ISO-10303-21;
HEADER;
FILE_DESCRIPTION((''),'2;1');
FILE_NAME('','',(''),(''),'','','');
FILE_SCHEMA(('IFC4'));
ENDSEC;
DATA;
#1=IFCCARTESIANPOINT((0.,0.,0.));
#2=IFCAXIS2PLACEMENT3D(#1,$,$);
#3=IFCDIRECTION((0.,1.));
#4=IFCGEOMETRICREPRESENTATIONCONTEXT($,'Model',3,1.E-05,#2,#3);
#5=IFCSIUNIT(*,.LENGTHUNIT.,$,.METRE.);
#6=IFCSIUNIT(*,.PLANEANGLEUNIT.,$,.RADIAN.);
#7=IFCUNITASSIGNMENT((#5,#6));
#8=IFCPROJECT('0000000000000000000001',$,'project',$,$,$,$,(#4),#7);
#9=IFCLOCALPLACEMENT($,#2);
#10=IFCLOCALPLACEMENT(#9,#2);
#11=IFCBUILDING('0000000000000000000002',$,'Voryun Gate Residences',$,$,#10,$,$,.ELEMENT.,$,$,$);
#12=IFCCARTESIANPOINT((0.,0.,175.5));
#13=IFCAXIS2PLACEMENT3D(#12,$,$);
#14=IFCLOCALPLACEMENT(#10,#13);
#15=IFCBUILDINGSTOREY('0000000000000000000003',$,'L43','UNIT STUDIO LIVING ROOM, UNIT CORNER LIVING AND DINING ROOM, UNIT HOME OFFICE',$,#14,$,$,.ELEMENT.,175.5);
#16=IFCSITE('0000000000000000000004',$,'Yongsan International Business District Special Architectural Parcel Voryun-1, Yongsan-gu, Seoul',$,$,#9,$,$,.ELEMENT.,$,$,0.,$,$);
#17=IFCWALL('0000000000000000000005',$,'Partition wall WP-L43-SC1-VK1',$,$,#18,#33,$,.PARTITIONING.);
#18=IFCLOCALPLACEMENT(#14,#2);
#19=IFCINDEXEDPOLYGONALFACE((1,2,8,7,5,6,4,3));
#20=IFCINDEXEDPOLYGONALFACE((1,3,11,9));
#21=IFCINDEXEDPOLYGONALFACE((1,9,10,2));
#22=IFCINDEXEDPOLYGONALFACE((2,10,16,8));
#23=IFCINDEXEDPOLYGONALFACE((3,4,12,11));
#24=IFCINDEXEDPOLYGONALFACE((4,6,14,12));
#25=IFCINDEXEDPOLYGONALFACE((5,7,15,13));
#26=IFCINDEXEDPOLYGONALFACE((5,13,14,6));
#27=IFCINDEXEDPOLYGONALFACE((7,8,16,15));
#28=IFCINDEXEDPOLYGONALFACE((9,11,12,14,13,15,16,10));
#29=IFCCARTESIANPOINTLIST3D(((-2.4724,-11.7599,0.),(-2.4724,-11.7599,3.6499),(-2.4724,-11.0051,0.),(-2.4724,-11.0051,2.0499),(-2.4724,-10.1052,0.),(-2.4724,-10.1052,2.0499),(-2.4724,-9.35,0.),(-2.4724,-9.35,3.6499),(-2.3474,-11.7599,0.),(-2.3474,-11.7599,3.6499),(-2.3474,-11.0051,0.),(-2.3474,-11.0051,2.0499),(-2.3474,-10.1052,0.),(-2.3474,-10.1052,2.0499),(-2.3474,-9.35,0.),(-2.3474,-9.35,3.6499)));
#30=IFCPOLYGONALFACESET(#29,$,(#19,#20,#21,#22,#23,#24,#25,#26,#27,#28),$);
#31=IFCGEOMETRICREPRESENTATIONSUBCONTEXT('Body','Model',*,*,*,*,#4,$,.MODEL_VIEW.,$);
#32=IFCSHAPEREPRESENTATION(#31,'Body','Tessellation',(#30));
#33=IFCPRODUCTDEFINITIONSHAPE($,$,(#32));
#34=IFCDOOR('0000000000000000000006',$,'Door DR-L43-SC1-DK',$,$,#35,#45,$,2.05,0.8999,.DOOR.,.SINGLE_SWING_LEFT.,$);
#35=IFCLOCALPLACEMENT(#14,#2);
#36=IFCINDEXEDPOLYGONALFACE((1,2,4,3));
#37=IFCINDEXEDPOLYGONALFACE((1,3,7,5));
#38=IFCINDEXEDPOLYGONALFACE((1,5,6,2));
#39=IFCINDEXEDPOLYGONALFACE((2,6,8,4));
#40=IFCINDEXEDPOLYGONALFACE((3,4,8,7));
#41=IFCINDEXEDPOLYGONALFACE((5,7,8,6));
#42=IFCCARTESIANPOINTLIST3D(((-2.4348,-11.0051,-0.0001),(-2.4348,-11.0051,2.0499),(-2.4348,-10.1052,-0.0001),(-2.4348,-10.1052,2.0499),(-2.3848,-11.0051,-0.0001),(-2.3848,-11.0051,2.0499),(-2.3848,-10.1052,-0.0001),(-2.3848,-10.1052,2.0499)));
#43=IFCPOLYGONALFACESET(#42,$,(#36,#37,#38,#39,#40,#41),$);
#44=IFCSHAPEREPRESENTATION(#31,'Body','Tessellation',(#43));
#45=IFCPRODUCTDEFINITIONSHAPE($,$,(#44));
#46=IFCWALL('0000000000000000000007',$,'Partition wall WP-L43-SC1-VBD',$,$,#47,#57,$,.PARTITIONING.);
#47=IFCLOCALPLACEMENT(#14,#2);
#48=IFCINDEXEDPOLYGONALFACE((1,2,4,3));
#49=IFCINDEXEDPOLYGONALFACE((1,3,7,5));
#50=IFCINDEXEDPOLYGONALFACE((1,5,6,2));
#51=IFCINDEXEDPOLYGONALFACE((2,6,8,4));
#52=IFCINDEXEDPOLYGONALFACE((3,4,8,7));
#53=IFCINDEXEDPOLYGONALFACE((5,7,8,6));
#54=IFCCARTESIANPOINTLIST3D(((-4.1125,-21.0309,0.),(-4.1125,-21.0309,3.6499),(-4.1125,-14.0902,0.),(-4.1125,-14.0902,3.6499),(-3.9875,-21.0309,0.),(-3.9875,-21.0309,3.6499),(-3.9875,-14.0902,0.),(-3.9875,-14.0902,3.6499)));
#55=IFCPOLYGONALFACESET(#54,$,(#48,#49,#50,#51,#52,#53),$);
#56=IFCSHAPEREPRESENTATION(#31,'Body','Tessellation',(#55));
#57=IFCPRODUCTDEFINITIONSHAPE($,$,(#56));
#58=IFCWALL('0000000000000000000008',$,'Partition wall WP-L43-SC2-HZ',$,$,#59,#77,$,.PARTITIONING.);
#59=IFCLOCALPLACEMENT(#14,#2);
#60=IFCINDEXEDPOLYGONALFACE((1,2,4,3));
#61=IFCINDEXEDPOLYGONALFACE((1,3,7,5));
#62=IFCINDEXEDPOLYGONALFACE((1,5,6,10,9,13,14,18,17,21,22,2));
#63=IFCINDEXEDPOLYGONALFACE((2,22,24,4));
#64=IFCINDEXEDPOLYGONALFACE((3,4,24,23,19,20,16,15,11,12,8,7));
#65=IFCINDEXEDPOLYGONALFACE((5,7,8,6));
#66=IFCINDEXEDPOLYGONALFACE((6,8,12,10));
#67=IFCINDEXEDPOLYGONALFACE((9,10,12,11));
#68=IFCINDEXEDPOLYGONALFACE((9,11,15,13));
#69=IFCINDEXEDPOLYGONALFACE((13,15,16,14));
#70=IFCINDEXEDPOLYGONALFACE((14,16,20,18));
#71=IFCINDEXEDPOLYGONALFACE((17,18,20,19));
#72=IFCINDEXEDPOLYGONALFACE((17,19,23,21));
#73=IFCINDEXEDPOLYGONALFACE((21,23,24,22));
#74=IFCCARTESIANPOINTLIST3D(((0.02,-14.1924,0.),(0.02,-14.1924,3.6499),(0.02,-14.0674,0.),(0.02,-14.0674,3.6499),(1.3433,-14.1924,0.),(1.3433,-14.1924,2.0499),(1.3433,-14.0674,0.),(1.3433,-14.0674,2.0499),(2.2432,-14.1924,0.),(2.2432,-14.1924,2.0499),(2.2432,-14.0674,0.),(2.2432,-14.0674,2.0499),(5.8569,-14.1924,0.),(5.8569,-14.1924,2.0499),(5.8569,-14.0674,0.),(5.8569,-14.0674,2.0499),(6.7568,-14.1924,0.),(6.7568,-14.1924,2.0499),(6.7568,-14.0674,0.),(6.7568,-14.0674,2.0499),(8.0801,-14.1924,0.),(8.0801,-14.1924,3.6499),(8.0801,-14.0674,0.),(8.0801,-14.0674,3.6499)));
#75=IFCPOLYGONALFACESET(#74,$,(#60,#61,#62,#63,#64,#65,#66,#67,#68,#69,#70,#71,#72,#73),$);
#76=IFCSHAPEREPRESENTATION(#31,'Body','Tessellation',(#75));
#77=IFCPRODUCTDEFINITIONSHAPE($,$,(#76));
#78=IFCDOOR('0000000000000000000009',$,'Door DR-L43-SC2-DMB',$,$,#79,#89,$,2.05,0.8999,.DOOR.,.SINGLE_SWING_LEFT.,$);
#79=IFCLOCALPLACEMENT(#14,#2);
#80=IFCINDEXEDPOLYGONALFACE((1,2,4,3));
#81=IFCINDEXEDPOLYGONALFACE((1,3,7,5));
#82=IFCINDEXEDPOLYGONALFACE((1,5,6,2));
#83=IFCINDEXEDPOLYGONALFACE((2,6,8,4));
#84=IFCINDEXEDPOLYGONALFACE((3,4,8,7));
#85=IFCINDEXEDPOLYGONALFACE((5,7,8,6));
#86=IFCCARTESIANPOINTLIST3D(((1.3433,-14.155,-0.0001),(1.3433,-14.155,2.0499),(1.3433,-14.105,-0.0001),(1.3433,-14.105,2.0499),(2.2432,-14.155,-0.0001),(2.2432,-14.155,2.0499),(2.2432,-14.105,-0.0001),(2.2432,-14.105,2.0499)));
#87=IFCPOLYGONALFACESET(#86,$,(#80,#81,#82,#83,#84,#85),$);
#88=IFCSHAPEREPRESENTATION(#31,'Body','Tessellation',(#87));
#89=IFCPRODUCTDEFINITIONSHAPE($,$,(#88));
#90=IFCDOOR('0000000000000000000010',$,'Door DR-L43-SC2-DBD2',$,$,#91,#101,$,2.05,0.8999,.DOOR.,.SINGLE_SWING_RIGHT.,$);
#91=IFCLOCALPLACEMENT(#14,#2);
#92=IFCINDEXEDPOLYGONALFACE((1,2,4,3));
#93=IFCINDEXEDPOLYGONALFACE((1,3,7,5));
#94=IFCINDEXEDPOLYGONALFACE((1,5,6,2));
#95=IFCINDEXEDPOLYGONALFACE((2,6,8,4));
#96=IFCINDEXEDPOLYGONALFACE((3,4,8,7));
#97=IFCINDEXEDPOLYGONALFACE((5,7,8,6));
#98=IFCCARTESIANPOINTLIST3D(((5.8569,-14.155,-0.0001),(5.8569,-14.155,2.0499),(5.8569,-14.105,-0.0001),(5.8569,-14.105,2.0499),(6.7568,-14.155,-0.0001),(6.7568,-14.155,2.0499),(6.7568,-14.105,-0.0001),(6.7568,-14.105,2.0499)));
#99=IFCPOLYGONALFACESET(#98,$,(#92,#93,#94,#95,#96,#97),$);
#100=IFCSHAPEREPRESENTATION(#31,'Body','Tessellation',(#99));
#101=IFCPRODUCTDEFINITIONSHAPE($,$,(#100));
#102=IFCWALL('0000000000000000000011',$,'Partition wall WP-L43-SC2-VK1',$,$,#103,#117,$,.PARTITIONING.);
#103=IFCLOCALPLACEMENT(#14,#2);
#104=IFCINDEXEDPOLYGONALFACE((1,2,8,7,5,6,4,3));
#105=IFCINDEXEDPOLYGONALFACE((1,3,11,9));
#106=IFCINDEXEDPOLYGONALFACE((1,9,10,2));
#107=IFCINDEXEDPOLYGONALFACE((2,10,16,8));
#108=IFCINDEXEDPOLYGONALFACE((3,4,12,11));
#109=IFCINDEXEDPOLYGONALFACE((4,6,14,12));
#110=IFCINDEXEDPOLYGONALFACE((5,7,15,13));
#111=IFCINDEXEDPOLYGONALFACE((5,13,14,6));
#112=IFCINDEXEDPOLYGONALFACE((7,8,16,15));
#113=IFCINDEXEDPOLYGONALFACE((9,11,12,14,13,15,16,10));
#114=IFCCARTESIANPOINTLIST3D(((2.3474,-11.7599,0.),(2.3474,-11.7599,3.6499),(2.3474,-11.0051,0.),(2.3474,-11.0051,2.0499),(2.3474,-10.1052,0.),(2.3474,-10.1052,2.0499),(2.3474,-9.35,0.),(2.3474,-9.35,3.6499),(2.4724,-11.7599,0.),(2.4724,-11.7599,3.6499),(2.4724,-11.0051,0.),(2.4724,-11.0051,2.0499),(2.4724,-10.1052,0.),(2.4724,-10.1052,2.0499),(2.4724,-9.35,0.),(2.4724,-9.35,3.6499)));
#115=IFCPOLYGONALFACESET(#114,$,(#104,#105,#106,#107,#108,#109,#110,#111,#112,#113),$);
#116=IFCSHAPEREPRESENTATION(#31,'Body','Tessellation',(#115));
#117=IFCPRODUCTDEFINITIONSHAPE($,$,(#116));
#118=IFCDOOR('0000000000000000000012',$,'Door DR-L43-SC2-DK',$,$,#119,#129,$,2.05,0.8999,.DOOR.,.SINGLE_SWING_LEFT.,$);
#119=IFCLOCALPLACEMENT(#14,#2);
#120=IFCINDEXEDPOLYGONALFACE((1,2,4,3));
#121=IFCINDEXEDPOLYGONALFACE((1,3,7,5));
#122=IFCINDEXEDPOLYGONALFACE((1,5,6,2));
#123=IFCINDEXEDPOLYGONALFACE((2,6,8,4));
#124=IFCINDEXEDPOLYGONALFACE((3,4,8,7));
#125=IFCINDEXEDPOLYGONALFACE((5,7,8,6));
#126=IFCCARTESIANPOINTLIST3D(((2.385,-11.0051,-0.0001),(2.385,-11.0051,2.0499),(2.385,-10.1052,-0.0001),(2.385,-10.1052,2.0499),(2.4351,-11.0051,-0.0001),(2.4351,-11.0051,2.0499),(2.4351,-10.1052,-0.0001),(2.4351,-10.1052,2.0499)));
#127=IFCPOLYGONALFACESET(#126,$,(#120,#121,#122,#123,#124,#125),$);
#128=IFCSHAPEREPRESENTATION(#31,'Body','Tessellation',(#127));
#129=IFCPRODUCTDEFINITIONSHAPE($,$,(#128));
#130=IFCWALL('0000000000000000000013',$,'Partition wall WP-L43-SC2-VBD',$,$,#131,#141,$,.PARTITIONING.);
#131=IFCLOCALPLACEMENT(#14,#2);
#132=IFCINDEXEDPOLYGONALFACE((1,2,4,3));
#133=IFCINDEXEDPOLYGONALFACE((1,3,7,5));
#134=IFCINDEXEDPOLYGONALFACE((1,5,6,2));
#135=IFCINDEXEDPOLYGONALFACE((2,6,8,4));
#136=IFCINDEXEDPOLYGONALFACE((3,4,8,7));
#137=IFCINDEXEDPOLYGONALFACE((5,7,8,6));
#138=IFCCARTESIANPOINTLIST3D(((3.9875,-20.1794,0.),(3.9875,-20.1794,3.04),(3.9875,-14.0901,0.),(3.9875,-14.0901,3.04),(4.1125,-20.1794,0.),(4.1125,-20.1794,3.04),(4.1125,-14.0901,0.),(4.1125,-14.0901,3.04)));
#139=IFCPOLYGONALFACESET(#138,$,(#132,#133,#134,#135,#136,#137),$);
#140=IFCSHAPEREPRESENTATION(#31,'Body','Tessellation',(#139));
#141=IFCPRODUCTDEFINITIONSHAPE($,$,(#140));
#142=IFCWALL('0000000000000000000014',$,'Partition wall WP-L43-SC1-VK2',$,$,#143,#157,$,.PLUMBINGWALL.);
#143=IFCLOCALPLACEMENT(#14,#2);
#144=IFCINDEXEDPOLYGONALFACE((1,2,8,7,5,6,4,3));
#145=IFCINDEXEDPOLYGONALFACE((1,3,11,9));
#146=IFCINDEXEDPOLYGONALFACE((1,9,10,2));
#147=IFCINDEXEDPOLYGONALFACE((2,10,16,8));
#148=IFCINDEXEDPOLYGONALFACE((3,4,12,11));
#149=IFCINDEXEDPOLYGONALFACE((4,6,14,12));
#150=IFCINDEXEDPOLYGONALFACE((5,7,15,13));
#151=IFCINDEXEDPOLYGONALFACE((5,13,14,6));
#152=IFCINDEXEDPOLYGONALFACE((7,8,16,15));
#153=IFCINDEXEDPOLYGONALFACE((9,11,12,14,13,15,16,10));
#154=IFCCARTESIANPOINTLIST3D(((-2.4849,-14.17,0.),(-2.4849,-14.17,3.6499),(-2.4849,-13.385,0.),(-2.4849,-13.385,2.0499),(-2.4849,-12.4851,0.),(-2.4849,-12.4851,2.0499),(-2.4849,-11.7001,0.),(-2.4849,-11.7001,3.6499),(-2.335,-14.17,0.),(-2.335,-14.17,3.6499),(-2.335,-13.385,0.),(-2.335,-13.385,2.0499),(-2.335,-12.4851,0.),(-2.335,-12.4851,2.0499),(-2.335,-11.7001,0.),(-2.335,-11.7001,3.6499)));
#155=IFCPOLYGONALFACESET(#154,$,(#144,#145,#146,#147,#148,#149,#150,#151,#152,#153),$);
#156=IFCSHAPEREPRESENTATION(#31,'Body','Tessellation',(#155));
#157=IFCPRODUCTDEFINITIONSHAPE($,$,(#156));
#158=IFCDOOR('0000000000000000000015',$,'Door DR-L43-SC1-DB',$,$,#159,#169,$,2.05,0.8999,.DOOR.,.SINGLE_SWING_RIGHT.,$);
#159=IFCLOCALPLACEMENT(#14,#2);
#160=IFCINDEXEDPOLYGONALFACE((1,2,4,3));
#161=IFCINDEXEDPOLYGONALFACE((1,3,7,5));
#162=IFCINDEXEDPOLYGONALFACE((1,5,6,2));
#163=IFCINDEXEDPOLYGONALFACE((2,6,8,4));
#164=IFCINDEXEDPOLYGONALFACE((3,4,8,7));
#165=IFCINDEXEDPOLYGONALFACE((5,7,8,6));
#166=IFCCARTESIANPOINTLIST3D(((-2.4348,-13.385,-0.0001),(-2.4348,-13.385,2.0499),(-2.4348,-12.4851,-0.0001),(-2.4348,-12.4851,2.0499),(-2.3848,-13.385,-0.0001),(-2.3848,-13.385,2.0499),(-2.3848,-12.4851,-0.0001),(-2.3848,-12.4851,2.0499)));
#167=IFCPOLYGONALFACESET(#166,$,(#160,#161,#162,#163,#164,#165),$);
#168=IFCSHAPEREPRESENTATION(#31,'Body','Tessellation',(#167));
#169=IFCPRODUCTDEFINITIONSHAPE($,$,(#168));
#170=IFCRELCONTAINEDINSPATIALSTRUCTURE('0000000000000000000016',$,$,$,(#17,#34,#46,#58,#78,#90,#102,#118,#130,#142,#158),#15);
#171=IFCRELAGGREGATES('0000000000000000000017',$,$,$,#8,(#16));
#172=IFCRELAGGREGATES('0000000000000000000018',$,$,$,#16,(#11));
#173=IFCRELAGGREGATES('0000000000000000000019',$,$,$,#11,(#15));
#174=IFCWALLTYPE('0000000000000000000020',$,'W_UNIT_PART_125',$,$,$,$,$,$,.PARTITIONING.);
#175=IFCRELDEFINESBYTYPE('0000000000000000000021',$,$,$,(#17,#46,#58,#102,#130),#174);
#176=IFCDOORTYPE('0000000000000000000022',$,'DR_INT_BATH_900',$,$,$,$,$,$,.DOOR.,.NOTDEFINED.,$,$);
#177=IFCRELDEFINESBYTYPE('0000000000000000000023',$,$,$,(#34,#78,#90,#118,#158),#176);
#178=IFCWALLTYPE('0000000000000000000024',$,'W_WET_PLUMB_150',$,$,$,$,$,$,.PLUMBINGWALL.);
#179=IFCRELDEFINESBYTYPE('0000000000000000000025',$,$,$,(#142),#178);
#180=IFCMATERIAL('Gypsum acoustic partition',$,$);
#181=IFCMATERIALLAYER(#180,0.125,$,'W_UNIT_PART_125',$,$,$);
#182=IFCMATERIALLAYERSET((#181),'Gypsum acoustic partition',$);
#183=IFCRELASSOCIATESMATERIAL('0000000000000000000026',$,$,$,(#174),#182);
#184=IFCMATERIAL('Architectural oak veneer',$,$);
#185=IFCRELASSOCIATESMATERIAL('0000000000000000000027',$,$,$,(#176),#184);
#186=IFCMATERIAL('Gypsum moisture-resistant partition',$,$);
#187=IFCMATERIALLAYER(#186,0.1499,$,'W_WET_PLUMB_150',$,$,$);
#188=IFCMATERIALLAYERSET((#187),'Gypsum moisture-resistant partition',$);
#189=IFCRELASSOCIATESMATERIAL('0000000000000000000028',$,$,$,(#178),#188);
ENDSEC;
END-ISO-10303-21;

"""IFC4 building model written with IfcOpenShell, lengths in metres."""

from ifc_helpers import new_model, si_unit, direction, frame, frame_2d, origin, place, context, subcontext, project, spatial, rectangle, extrude, material, layer, layer_set, type_object, element, fill, save


model = new_model("IFC4")

# Units and contexts
model_context = context("Model", 3, precision=1e-05, world=origin(), true_north=direction((0.0, 1.0)))
body_context = subcontext(model_context, "Body", "Model", "MODEL_VIEW")
ifc_project = project(units=[si_unit("LENGTHUNIT", "METRE"), si_unit("PLANEANGLEUNIT", "RADIAN")], contexts=[model_context])

# Site, building, storey
site_placement = place(None, origin())
site = spatial("IfcSite", under=ifc_project, at=site_placement, Name="Yongsan International Business District Special Architectural Parcel Voryun-1, Yongsan-gu, Seoul", CompositionType="ELEMENT", RefElevation=0.0)
building_placement = place(site_placement, origin())
building = spatial("IfcBuilding", under=site, at=building_placement, Name="Voryun Gate Residences", CompositionType="ELEMENT")
storey_placement = place(building_placement, frame((0.0, 0.0, 175.5)))
storey = spatial("IfcBuildingStorey", under=building, at=storey_placement, Name="L43", Description="UNIT STUDIO LIVING ROOM, UNIT CORNER LIVING AND DINING ROOM, UNIT HOME OFFICE", CompositionType="ELEMENT", Elevation=175.5)

# Wall, opening, door
ifc_material_1 = material(Name="Gypsum acoustic partition")
ifc_layer_1 = layer(ifc_material_1, 0.125, Name="W_UNIT_PART_125")
ifc_layer_set_1 = layer_set([ifc_layer_1], Name="Gypsum acoustic partition")
wall_type_1 = type_object("IfcWallType", Name="W_UNIT_PART_125", PredefinedType="PARTITIONING", material=ifc_layer_set_1)
wall_1_placement = place(storey_placement, frame((-2.4099, -11.76, 0.0), z_axis=(0.0, 0.0, 1.0), x_axis=(0.0, 1.0, 0.0)))
wall_1 = element("IfcWall", 1, at=wall_1_placement, inside=storey, type_object=wall_type_1, Name="Partition wall WP-L43-SC1-VK1", PredefinedType="PARTITIONING", context=body_context, shape_type="SweptSolid", body=[
    extrude(rectangle(XDim=2.4099, YDim=0.125, at=frame_2d((1.2051, 0.0))), origin(), (0.0, 0.0, 1.0), 3.6499),
])
opening_1_placement = place(wall_1_placement, frame((0.7549, 0.0, 0.0)))
opening_1 = element("IfcOpeningElement", 2, at=opening_1_placement, cuts=wall_1, PredefinedType="OPENING", context=body_context, shape_type="SweptSolid", body=[
    extrude(rectangle(XDim=0.8999, YDim=2.05, at=frame_2d((0.45, 1.0249))), frame((0.0, 0.0725, 0.0), z_axis=(0.0, -1.0, 0.0), x_axis=(1.0, 0.0, 0.0)), (0.0, 0.0, 1.0), 0.145),
])
ifc_material_2 = material(Name="Architectural oak veneer")
door_type_1 = type_object("IfcDoorType", Name="DR_INT_BATH_900", OperationType="NOTDEFINED", PredefinedType="DOOR", material=ifc_material_2)
door_1_placement = place(opening_1_placement, origin())
door_1 = element("IfcDoor", 3, at=door_1_placement, inside=storey, type_object=door_type_1, Name="Door DR-L43-SC1-DK", OperationType="SINGLE_SWING_LEFT", OverallHeight=2.05, OverallWidth=0.8999, PredefinedType="DOOR", context=body_context, shape_type="SweptSolid", body=[
    extrude(rectangle(XDim=0.8999, YDim=2.05, at=frame_2d((0.45, 1.0249))), frame((0.0, 0.0249, 0.0), z_axis=(0.0, -1.0, 0.0), x_axis=(1.0, 0.0, 0.0)), (0.0, 0.0, 1.0), 0.05),
])
fill(opening_1, door_1)

# Wall
wall_2_placement = place(storey_placement, frame((-4.05, -21.0308, 0.0), z_axis=(0.0, 0.0, 1.0), x_axis=(0.0, 1.0, 0.0)))
element("IfcWall", 4, at=wall_2_placement, inside=storey, type_object=wall_type_1, Name="Partition wall WP-L43-SC1-VBD", PredefinedType="PARTITIONING", context=body_context, shape_type="SweptSolid", body=[
    extrude(rectangle(XDim=6.9407, YDim=0.125, at=frame_2d((3.4702, 0.0))), origin(), (0.0, 0.0, 1.0), 3.6499),
])

# Wall, openings, doors
wall_3_placement = place(storey_placement, frame((0.02, -14.1299, 0.0), z_axis=(0.0, 0.0, 1.0), x_axis=(1.0, 0.0, 0.0)))
wall_3 = element("IfcWall", 5, at=wall_3_placement, inside=storey, type_object=wall_type_1, Name="Partition wall WP-L43-SC2-HZ", PredefinedType="PARTITIONING", context=body_context, shape_type="SweptSolid", body=[
    extrude(rectangle(XDim=8.0601, YDim=0.125, at=frame_2d((4.03, 0.0))), origin(), (0.0, 0.0, 1.0), 3.6499),
])
opening_2_placement = place(wall_3_placement, frame((1.3232, 0.0, 0.0)))
opening_2 = element("IfcOpeningElement", 6, at=opening_2_placement, cuts=wall_3, PredefinedType="OPENING", context=body_context, shape_type="SweptSolid", body=[
    extrude(rectangle(XDim=0.8999, YDim=2.05, at=frame_2d((0.45, 1.0249))), frame((0.0, 0.0725, 0.0), z_axis=(0.0, -1.0, 0.0), x_axis=(1.0, 0.0, 0.0)), (0.0, 0.0, 1.0), 0.145),
])
opening_3_placement = place(wall_3_placement, frame((5.8369, 0.0, 0.0)))
opening_3 = element("IfcOpeningElement", 7, at=opening_3_placement, cuts=wall_3, PredefinedType="OPENING", context=body_context, shape_type="SweptSolid", body=[
    extrude(rectangle(XDim=0.8999, YDim=2.05, at=frame_2d((0.45, 1.0249))), frame((0.0, 0.0725, 0.0), z_axis=(0.0, -1.0, 0.0), x_axis=(1.0, 0.0, 0.0)), (0.0, 0.0, 1.0), 0.145),
])
door_2_placement = place(opening_2_placement, origin())
door_2 = element("IfcDoor", 8, at=door_2_placement, inside=storey, type_object=door_type_1, Name="Door DR-L43-SC2-DMB", OperationType="SINGLE_SWING_LEFT", OverallHeight=2.05, OverallWidth=0.8999, PredefinedType="DOOR", context=body_context, shape_type="SweptSolid", body=[
    extrude(rectangle(XDim=0.8999, YDim=2.05, at=frame_2d((0.45, 1.0249))), frame((0.0, 0.0249, 0.0), z_axis=(0.0, -1.0, 0.0), x_axis=(1.0, 0.0, 0.0)), (0.0, 0.0, 1.0), 0.05),
])
fill(opening_2, door_2)
door_3_placement = place(opening_3_placement, origin())
door_3 = element("IfcDoor", 9, at=door_3_placement, inside=storey, type_object=door_type_1, Name="Door DR-L43-SC2-DBD2", OperationType="SINGLE_SWING_RIGHT", OverallHeight=2.05, OverallWidth=0.8999, PredefinedType="DOOR", context=body_context, shape_type="SweptSolid", body=[
    extrude(rectangle(XDim=0.8999, YDim=2.05, at=frame_2d((0.45, 1.0249))), frame((0.0, 0.0249, 0.0), z_axis=(0.0, -1.0, 0.0), x_axis=(1.0, 0.0, 0.0)), (0.0, 0.0, 1.0), 0.05),
])
fill(opening_3, door_3)

# Wall, opening, door
wall_4_placement = place(storey_placement, frame((2.4099, -11.76, 0.0), z_axis=(0.0, 0.0, 1.0), x_axis=(0.0, 1.0, 0.0)))
wall_4 = element("IfcWall", 10, at=wall_4_placement, inside=storey, type_object=wall_type_1, Name="Partition wall WP-L43-SC2-VK1", PredefinedType="PARTITIONING", context=body_context, shape_type="SweptSolid", body=[
    extrude(rectangle(XDim=2.4099, YDim=0.125, at=frame_2d((1.2051, 0.0))), origin(), (0.0, 0.0, 1.0), 3.6499),
])
opening_4_placement = place(wall_4_placement, frame((0.7549, 0.0, 0.0)))
opening_4 = element("IfcOpeningElement", 11, at=opening_4_placement, cuts=wall_4, PredefinedType="OPENING", context=body_context, shape_type="SweptSolid", body=[
    extrude(rectangle(XDim=0.8999, YDim=2.05, at=frame_2d((0.45, 1.0249))), frame((0.0, 0.0725, 0.0), z_axis=(0.0, -1.0, 0.0), x_axis=(1.0, 0.0, 0.0)), (0.0, 0.0, 1.0), 0.145),
])
door_4_placement = place(opening_4_placement, origin())
door_4 = element("IfcDoor", 12, at=door_4_placement, inside=storey, type_object=door_type_1, Name="Door DR-L43-SC2-DK", OperationType="SINGLE_SWING_LEFT", OverallHeight=2.05, OverallWidth=0.8999, PredefinedType="DOOR", context=body_context, shape_type="SweptSolid", body=[
    extrude(rectangle(XDim=0.8999, YDim=2.05, at=frame_2d((0.45, 1.0249))), frame((0.0, 0.0249, 0.0), z_axis=(0.0, -1.0, 0.0), x_axis=(1.0, 0.0, 0.0)), (0.0, 0.0, 1.0), 0.05),
])
fill(opening_4, door_4)

# Wall
wall_5_placement = place(storey_placement, frame((4.05, -20.1794, 0.0), z_axis=(0.0, 0.0, 1.0), x_axis=(0.0, 1.0, 0.0)))
element("IfcWall", 13, at=wall_5_placement, inside=storey, type_object=wall_type_1, Name="Partition wall WP-L43-SC2-VBD", PredefinedType="PARTITIONING", context=body_context, shape_type="SweptSolid", body=[
    extrude(rectangle(XDim=6.0894, YDim=0.125, at=frame_2d((3.0447, 0.0))), origin(), (0.0, 0.0, 1.0), 3.04),
])

# Wall, opening, door
ifc_material_3 = material(Name="Gypsum moisture-resistant partition")
ifc_layer_2 = layer(ifc_material_3, 0.1499, Name="W_WET_PLUMB_150")
ifc_layer_set_2 = layer_set([ifc_layer_2], Name="Gypsum moisture-resistant partition")
wall_type_2 = type_object("IfcWallType", Name="W_WET_PLUMB_150", PredefinedType="PLUMBINGWALL", material=ifc_layer_set_2)
wall_6_placement = place(storey_placement, frame((-2.4099, -14.1699, 0.0), z_axis=(0.0, 0.0, 1.0), x_axis=(0.0, 1.0, 0.0)))
wall_6 = element("IfcWall", 14, at=wall_6_placement, inside=storey, type_object=wall_type_2, Name="Partition wall WP-L43-SC1-VK2", PredefinedType="PLUMBINGWALL", context=body_context, shape_type="SweptSolid", body=[
    extrude(rectangle(XDim=2.47, YDim=0.1499, at=frame_2d((1.2349, 0.0))), origin(), (0.0, 0.0, 1.0), 3.6499),
])
opening_5_placement = place(wall_6_placement, frame((0.7849, 0.0, 0.0)))
opening_5 = element("IfcOpeningElement", 15, at=opening_5_placement, cuts=wall_6, PredefinedType="OPENING", context=body_context, shape_type="SweptSolid", body=[
    extrude(rectangle(XDim=0.8999, YDim=2.05, at=frame_2d((0.45, 1.0249))), frame((0.0, 0.085, 0.0), z_axis=(0.0, -1.0, 0.0), x_axis=(1.0, 0.0, 0.0)), (0.0, 0.0, 1.0), 0.1699),
])
door_5_placement = place(opening_5_placement, origin())
door_5 = element("IfcDoor", 16, at=door_5_placement, inside=storey, type_object=door_type_1, Name="Door DR-L43-SC1-DB", OperationType="SINGLE_SWING_RIGHT", OverallHeight=2.05, OverallWidth=0.8999, PredefinedType="DOOR", context=body_context, shape_type="SweptSolid", body=[
    extrude(rectangle(XDim=0.8999, YDim=2.05, at=frame_2d((0.45, 1.0249))), frame((0.0, 0.0249, 0.0), z_axis=(0.0, -1.0, 0.0), x_axis=(1.0, 0.0, 0.0)), (0.0, 0.0, 1.0), 0.05),
])
fill(opening_5, door_5)

save(model, "model.ifc")
